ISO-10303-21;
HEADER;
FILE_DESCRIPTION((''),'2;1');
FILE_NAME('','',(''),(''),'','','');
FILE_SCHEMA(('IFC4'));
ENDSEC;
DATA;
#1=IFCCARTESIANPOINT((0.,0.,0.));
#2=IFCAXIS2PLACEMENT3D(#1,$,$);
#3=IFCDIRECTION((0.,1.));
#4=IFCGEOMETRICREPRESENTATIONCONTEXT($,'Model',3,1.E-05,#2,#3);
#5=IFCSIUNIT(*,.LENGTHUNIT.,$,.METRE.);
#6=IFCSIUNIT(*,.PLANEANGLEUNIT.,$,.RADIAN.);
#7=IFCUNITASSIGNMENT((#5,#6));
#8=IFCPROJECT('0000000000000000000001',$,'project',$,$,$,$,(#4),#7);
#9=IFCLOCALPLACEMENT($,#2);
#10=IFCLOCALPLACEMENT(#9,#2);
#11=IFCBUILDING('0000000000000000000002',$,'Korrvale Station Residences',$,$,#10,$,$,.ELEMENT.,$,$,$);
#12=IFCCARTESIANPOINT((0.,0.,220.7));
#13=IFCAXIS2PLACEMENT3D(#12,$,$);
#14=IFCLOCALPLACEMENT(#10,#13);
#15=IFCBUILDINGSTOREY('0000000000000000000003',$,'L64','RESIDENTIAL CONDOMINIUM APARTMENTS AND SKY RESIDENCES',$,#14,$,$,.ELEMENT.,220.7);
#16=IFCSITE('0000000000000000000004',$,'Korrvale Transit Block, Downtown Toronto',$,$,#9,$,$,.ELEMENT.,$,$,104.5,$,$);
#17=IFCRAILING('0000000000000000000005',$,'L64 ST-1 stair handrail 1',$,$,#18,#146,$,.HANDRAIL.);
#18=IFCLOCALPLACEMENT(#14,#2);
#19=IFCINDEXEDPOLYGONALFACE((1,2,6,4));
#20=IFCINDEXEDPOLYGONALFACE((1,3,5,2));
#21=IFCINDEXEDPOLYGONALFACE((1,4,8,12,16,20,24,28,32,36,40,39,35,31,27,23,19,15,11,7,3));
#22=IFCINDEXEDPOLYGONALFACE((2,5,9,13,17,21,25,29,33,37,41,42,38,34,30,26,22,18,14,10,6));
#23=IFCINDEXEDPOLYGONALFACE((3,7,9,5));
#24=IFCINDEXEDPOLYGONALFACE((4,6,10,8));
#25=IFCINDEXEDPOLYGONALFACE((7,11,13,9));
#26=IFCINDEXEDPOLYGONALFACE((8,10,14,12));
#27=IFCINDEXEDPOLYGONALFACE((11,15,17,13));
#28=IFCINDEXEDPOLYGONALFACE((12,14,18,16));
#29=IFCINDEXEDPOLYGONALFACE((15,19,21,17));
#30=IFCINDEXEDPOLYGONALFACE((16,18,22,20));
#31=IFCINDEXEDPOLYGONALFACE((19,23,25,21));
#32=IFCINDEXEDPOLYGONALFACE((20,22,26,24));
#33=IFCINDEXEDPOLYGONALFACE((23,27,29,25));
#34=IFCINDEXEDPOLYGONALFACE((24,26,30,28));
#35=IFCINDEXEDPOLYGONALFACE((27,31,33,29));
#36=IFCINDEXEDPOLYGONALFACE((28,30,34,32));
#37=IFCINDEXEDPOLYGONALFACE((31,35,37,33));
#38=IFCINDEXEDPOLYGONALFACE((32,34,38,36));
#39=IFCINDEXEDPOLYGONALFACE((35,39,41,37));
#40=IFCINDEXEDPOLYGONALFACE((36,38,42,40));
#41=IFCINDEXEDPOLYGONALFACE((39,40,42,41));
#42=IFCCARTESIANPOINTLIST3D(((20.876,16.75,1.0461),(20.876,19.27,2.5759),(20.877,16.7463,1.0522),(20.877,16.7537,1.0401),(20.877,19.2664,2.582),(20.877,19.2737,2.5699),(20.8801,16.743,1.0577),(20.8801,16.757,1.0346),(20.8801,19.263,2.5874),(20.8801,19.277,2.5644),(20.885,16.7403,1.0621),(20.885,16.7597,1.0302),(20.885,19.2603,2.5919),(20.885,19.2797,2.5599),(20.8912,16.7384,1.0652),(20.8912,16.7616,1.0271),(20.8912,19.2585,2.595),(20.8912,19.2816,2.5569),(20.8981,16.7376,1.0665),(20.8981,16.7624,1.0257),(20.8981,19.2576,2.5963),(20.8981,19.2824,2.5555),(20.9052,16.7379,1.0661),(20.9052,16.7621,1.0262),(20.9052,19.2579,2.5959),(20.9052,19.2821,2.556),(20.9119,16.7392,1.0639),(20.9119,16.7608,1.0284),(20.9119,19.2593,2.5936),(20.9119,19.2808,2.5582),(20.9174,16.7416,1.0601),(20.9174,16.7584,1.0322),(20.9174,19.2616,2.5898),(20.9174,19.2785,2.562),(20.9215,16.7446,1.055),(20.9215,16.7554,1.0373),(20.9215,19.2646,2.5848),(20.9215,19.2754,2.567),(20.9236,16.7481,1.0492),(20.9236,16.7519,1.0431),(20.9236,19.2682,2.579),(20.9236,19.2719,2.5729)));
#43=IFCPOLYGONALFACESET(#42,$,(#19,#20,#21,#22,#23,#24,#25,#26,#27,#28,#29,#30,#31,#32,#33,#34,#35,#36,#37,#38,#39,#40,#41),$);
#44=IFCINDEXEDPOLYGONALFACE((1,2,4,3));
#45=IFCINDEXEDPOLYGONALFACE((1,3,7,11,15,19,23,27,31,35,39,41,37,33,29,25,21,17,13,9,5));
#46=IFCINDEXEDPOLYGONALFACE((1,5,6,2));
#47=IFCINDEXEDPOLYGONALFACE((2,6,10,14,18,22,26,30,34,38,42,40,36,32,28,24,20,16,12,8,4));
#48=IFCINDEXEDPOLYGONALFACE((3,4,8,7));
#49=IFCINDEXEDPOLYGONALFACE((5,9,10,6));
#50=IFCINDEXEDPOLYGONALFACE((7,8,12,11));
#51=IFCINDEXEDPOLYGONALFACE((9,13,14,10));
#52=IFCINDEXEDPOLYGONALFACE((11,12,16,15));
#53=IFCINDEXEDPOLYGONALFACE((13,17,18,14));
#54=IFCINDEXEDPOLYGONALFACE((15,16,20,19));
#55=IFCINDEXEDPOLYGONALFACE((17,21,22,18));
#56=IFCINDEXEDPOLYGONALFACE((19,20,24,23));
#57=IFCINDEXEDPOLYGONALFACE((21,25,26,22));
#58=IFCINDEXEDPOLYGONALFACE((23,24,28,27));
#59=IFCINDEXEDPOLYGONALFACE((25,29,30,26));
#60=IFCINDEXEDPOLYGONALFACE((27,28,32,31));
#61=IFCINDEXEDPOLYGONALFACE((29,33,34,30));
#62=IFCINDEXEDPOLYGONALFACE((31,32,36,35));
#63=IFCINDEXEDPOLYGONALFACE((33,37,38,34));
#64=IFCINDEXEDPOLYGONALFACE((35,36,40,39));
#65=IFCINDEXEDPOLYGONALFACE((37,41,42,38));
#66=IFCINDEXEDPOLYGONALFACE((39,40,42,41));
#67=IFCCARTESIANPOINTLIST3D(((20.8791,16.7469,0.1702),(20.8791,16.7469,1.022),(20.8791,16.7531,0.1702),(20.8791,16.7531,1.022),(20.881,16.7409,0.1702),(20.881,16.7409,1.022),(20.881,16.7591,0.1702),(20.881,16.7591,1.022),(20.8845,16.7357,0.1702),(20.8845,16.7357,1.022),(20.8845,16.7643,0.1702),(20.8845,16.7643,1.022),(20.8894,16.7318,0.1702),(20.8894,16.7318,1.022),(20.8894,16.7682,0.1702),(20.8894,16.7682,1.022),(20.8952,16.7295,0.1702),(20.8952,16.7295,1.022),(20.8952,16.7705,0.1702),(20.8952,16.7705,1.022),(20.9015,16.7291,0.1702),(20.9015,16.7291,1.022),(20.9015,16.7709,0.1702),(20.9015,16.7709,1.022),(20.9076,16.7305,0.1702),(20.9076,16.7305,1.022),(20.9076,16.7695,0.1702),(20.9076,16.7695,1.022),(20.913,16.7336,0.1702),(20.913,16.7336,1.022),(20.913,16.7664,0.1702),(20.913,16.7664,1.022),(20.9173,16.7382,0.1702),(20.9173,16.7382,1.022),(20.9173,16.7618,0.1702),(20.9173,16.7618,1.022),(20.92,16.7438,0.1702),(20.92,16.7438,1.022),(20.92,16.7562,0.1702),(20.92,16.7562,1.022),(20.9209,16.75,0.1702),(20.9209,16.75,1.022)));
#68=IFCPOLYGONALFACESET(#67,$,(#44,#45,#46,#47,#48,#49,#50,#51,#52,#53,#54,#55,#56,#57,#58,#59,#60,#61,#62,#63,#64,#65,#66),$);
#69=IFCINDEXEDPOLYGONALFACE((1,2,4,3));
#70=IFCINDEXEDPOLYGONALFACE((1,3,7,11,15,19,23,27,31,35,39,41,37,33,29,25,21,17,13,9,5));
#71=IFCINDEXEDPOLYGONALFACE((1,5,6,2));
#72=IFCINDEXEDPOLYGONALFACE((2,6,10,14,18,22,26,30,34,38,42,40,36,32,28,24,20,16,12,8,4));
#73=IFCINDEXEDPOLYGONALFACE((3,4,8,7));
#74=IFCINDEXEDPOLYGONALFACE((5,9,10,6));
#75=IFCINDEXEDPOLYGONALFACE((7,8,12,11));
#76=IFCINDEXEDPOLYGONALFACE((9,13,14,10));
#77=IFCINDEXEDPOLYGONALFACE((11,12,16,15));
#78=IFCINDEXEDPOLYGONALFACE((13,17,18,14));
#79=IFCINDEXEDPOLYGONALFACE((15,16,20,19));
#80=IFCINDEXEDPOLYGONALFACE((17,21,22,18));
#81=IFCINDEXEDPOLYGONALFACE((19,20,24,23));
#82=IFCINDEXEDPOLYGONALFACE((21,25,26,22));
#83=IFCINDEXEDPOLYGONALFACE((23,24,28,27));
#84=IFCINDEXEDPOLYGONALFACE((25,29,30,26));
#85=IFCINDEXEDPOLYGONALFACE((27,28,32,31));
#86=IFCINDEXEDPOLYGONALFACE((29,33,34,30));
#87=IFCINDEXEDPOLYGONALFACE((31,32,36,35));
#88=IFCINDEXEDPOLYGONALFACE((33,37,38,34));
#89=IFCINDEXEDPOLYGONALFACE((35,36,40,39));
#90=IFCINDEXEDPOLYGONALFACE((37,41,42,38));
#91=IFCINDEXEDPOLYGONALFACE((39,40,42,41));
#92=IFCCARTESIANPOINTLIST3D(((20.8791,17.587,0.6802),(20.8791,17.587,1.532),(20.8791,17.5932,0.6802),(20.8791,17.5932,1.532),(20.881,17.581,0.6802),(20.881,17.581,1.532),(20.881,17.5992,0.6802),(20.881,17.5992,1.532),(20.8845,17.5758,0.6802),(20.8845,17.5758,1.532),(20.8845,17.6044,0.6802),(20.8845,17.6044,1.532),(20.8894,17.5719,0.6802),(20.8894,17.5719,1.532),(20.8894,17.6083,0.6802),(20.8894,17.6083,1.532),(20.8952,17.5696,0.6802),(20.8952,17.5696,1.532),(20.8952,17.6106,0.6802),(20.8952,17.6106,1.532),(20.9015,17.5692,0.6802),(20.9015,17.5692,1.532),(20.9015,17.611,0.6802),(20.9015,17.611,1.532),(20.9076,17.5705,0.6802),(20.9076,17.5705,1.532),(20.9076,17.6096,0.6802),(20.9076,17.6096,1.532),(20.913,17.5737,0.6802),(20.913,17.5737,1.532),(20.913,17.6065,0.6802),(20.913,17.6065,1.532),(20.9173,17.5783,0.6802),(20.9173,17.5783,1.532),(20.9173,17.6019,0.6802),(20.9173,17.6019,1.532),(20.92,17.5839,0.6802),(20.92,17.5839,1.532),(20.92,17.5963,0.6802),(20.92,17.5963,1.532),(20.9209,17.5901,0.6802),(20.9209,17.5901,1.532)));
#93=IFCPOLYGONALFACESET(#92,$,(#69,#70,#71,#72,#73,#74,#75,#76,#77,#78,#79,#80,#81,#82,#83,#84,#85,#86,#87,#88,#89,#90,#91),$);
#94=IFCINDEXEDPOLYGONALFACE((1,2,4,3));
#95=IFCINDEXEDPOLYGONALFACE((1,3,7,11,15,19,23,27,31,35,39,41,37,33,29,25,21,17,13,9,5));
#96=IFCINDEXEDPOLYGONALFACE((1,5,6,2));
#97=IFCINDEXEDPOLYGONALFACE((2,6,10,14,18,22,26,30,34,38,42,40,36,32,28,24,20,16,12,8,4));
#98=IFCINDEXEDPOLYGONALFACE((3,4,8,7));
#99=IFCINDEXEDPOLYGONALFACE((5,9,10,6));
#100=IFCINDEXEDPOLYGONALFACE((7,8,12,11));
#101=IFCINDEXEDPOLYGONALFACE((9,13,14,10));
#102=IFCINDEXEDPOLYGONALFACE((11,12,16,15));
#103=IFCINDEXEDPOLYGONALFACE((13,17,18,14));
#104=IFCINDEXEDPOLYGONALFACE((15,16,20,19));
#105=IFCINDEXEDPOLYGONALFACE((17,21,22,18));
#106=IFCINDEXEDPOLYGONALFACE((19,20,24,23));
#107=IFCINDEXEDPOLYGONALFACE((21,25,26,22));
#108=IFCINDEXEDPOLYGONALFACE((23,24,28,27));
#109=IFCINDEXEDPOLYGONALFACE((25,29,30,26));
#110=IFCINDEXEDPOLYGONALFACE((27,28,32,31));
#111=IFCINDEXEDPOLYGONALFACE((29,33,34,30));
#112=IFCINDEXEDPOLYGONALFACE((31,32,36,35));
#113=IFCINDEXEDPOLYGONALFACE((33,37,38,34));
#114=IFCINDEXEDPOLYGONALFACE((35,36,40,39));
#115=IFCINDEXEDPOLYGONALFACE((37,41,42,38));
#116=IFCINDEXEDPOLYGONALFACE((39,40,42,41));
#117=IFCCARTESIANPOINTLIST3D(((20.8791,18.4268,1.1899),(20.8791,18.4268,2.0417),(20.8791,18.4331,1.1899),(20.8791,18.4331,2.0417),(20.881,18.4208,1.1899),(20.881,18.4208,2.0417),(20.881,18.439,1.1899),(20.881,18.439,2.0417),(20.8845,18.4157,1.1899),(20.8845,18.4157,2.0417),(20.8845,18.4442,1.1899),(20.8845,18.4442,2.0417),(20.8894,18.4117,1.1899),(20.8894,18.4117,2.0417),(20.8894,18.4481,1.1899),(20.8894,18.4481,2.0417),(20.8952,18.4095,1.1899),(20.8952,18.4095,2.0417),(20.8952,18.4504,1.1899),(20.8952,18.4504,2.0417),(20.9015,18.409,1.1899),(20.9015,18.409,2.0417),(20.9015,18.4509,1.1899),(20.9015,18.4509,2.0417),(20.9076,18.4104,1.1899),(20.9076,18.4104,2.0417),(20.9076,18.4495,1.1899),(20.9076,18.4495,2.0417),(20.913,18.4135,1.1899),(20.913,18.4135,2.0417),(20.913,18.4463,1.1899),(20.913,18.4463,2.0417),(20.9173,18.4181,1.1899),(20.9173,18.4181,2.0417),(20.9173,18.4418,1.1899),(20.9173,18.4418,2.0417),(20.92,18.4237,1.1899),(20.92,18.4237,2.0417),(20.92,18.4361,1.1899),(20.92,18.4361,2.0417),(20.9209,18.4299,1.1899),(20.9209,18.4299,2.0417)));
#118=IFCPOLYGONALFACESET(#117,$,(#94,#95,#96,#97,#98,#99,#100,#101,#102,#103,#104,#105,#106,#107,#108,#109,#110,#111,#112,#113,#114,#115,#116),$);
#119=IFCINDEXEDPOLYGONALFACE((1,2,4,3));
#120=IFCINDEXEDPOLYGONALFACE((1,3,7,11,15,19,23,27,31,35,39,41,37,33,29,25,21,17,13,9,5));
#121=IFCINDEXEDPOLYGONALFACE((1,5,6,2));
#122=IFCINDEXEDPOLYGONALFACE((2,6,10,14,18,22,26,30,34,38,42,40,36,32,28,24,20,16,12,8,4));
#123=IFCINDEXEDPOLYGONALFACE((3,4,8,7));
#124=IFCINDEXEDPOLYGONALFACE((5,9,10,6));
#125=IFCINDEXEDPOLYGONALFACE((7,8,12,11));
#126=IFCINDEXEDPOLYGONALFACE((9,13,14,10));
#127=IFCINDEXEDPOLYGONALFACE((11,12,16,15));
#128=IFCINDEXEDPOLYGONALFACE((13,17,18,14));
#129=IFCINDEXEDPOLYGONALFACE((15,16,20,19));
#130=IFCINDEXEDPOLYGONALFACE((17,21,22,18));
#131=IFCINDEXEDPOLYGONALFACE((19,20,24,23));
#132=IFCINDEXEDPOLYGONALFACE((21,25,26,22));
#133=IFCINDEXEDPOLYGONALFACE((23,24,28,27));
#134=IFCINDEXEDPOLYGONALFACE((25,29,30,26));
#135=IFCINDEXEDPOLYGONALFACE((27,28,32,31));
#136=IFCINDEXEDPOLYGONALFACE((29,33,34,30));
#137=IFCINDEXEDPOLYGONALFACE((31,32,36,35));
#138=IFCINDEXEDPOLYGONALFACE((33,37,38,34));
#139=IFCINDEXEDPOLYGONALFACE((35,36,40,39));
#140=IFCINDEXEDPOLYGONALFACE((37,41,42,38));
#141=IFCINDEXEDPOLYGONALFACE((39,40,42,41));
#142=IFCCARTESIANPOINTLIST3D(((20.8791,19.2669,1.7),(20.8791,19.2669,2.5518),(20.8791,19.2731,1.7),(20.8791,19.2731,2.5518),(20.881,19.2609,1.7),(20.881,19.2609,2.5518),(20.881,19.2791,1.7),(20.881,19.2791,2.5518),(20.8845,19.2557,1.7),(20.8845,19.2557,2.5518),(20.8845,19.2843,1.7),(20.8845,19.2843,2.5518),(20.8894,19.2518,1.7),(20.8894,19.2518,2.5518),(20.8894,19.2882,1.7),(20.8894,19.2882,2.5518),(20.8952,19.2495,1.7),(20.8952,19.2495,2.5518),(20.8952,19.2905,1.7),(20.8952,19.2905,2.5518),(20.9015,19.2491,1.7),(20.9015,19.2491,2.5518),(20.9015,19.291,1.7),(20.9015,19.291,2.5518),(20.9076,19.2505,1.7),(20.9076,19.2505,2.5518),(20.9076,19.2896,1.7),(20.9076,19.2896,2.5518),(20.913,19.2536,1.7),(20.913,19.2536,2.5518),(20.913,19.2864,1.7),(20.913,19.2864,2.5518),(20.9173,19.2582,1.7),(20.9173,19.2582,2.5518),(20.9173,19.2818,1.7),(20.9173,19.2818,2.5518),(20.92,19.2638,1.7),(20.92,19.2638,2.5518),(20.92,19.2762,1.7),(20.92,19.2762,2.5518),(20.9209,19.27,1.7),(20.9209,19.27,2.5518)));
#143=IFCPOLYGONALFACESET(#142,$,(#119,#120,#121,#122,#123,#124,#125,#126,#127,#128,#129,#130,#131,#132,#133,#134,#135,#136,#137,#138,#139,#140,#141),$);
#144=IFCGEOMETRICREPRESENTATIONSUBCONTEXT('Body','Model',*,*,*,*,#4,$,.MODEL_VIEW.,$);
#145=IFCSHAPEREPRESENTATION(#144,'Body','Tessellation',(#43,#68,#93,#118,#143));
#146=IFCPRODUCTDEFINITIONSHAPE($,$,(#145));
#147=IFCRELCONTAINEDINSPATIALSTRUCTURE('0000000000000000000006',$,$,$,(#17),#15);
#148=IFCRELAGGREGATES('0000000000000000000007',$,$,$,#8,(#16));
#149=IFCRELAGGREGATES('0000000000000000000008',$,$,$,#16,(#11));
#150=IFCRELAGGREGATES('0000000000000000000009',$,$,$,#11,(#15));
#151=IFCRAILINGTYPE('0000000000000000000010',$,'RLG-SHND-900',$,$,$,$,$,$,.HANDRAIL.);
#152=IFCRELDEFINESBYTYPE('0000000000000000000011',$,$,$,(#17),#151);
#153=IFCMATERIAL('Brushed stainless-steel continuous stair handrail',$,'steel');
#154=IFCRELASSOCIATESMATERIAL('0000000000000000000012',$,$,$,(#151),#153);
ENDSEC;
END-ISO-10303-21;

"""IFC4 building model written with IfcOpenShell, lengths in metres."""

from ifc_helpers import new_model, si_unit, direction, frame, origin, origin_2d, place, context, subcontext, project, spatial, circle, extrude, material, type_object, element, save


model = new_model("IFC4")

# Units and contexts
model_context = context("Model", 3, precision=1e-05, world=origin(), true_north=direction((0.0, 1.0)))
body_context = subcontext(model_context, "Body", "Model", "MODEL_VIEW")
ifc_project = project(units=[si_unit("LENGTHUNIT", "METRE"), si_unit("PLANEANGLEUNIT", "RADIAN")], contexts=[model_context])

# Site, building, storey
site_placement = place(None, origin())
site = spatial("IfcSite", under=ifc_project, at=site_placement, Name="Korrvale Transit Block, Downtown Toronto", CompositionType="ELEMENT", RefElevation=104.5)
building_placement = place(site_placement, origin())
building = spatial("IfcBuilding", under=site, at=building_placement, Name="Korrvale Station Residences", CompositionType="ELEMENT")
storey_placement = place(building_placement, frame((0.0, 0.0, 220.7)))
storey = spatial("IfcBuildingStorey", under=building, at=storey_placement, Name="L64", Description="RESIDENTIAL CONDOMINIUM APARTMENTS AND SKY RESIDENCES", CompositionType="ELEMENT", Elevation=220.7)

# Railing
ifc_material_1 = material(Name="Brushed stainless-steel continuous stair handrail", Category="steel")
railing_type_1 = type_object("IfcRailingType", Name="RLG-SHND-900", PredefinedType="HANDRAIL", material=ifc_material_1)
railing_1_placement = place(storey_placement, frame((20.8999, 16.75, 0.1702)))
element("IfcRailing", 1, at=railing_1_placement, inside=storey, type_object=railing_type_1, Name="L64 ST-1 stair handrail 1", PredefinedType="HANDRAIL", context=body_context, shape_type="SweptSolid", body=[
    extrude(circle(Radius=0.0239, at=origin_2d()), frame((0.0, 0.0, 0.876), z_axis=(0.0, 0.854822, 0.518922), x_axis=(-1.0, 0.0, 0.0)), (0.0, 0.0, 1.0), 2.948),
    extrude(circle(Radius=0.021, at=origin_2d()), origin(), (0.0, 0.0, 1.0), 0.8518),
    extrude(circle(Radius=0.021, at=origin_2d()), frame((0.0, 0.8401, 0.51)), (0.0, 0.0, 1.0), 0.8518),
    extrude(circle(Radius=0.021, at=origin_2d()), frame((0.0, 1.6799, 1.0198)), (0.0, 0.0, 1.0), 0.8518),
    extrude(circle(Radius=0.021, at=origin_2d()), frame((0.0, 2.52, 1.5298)), (0.0, 0.0, 1.0), 0.8518),
])

save(model, "model.ifc")
